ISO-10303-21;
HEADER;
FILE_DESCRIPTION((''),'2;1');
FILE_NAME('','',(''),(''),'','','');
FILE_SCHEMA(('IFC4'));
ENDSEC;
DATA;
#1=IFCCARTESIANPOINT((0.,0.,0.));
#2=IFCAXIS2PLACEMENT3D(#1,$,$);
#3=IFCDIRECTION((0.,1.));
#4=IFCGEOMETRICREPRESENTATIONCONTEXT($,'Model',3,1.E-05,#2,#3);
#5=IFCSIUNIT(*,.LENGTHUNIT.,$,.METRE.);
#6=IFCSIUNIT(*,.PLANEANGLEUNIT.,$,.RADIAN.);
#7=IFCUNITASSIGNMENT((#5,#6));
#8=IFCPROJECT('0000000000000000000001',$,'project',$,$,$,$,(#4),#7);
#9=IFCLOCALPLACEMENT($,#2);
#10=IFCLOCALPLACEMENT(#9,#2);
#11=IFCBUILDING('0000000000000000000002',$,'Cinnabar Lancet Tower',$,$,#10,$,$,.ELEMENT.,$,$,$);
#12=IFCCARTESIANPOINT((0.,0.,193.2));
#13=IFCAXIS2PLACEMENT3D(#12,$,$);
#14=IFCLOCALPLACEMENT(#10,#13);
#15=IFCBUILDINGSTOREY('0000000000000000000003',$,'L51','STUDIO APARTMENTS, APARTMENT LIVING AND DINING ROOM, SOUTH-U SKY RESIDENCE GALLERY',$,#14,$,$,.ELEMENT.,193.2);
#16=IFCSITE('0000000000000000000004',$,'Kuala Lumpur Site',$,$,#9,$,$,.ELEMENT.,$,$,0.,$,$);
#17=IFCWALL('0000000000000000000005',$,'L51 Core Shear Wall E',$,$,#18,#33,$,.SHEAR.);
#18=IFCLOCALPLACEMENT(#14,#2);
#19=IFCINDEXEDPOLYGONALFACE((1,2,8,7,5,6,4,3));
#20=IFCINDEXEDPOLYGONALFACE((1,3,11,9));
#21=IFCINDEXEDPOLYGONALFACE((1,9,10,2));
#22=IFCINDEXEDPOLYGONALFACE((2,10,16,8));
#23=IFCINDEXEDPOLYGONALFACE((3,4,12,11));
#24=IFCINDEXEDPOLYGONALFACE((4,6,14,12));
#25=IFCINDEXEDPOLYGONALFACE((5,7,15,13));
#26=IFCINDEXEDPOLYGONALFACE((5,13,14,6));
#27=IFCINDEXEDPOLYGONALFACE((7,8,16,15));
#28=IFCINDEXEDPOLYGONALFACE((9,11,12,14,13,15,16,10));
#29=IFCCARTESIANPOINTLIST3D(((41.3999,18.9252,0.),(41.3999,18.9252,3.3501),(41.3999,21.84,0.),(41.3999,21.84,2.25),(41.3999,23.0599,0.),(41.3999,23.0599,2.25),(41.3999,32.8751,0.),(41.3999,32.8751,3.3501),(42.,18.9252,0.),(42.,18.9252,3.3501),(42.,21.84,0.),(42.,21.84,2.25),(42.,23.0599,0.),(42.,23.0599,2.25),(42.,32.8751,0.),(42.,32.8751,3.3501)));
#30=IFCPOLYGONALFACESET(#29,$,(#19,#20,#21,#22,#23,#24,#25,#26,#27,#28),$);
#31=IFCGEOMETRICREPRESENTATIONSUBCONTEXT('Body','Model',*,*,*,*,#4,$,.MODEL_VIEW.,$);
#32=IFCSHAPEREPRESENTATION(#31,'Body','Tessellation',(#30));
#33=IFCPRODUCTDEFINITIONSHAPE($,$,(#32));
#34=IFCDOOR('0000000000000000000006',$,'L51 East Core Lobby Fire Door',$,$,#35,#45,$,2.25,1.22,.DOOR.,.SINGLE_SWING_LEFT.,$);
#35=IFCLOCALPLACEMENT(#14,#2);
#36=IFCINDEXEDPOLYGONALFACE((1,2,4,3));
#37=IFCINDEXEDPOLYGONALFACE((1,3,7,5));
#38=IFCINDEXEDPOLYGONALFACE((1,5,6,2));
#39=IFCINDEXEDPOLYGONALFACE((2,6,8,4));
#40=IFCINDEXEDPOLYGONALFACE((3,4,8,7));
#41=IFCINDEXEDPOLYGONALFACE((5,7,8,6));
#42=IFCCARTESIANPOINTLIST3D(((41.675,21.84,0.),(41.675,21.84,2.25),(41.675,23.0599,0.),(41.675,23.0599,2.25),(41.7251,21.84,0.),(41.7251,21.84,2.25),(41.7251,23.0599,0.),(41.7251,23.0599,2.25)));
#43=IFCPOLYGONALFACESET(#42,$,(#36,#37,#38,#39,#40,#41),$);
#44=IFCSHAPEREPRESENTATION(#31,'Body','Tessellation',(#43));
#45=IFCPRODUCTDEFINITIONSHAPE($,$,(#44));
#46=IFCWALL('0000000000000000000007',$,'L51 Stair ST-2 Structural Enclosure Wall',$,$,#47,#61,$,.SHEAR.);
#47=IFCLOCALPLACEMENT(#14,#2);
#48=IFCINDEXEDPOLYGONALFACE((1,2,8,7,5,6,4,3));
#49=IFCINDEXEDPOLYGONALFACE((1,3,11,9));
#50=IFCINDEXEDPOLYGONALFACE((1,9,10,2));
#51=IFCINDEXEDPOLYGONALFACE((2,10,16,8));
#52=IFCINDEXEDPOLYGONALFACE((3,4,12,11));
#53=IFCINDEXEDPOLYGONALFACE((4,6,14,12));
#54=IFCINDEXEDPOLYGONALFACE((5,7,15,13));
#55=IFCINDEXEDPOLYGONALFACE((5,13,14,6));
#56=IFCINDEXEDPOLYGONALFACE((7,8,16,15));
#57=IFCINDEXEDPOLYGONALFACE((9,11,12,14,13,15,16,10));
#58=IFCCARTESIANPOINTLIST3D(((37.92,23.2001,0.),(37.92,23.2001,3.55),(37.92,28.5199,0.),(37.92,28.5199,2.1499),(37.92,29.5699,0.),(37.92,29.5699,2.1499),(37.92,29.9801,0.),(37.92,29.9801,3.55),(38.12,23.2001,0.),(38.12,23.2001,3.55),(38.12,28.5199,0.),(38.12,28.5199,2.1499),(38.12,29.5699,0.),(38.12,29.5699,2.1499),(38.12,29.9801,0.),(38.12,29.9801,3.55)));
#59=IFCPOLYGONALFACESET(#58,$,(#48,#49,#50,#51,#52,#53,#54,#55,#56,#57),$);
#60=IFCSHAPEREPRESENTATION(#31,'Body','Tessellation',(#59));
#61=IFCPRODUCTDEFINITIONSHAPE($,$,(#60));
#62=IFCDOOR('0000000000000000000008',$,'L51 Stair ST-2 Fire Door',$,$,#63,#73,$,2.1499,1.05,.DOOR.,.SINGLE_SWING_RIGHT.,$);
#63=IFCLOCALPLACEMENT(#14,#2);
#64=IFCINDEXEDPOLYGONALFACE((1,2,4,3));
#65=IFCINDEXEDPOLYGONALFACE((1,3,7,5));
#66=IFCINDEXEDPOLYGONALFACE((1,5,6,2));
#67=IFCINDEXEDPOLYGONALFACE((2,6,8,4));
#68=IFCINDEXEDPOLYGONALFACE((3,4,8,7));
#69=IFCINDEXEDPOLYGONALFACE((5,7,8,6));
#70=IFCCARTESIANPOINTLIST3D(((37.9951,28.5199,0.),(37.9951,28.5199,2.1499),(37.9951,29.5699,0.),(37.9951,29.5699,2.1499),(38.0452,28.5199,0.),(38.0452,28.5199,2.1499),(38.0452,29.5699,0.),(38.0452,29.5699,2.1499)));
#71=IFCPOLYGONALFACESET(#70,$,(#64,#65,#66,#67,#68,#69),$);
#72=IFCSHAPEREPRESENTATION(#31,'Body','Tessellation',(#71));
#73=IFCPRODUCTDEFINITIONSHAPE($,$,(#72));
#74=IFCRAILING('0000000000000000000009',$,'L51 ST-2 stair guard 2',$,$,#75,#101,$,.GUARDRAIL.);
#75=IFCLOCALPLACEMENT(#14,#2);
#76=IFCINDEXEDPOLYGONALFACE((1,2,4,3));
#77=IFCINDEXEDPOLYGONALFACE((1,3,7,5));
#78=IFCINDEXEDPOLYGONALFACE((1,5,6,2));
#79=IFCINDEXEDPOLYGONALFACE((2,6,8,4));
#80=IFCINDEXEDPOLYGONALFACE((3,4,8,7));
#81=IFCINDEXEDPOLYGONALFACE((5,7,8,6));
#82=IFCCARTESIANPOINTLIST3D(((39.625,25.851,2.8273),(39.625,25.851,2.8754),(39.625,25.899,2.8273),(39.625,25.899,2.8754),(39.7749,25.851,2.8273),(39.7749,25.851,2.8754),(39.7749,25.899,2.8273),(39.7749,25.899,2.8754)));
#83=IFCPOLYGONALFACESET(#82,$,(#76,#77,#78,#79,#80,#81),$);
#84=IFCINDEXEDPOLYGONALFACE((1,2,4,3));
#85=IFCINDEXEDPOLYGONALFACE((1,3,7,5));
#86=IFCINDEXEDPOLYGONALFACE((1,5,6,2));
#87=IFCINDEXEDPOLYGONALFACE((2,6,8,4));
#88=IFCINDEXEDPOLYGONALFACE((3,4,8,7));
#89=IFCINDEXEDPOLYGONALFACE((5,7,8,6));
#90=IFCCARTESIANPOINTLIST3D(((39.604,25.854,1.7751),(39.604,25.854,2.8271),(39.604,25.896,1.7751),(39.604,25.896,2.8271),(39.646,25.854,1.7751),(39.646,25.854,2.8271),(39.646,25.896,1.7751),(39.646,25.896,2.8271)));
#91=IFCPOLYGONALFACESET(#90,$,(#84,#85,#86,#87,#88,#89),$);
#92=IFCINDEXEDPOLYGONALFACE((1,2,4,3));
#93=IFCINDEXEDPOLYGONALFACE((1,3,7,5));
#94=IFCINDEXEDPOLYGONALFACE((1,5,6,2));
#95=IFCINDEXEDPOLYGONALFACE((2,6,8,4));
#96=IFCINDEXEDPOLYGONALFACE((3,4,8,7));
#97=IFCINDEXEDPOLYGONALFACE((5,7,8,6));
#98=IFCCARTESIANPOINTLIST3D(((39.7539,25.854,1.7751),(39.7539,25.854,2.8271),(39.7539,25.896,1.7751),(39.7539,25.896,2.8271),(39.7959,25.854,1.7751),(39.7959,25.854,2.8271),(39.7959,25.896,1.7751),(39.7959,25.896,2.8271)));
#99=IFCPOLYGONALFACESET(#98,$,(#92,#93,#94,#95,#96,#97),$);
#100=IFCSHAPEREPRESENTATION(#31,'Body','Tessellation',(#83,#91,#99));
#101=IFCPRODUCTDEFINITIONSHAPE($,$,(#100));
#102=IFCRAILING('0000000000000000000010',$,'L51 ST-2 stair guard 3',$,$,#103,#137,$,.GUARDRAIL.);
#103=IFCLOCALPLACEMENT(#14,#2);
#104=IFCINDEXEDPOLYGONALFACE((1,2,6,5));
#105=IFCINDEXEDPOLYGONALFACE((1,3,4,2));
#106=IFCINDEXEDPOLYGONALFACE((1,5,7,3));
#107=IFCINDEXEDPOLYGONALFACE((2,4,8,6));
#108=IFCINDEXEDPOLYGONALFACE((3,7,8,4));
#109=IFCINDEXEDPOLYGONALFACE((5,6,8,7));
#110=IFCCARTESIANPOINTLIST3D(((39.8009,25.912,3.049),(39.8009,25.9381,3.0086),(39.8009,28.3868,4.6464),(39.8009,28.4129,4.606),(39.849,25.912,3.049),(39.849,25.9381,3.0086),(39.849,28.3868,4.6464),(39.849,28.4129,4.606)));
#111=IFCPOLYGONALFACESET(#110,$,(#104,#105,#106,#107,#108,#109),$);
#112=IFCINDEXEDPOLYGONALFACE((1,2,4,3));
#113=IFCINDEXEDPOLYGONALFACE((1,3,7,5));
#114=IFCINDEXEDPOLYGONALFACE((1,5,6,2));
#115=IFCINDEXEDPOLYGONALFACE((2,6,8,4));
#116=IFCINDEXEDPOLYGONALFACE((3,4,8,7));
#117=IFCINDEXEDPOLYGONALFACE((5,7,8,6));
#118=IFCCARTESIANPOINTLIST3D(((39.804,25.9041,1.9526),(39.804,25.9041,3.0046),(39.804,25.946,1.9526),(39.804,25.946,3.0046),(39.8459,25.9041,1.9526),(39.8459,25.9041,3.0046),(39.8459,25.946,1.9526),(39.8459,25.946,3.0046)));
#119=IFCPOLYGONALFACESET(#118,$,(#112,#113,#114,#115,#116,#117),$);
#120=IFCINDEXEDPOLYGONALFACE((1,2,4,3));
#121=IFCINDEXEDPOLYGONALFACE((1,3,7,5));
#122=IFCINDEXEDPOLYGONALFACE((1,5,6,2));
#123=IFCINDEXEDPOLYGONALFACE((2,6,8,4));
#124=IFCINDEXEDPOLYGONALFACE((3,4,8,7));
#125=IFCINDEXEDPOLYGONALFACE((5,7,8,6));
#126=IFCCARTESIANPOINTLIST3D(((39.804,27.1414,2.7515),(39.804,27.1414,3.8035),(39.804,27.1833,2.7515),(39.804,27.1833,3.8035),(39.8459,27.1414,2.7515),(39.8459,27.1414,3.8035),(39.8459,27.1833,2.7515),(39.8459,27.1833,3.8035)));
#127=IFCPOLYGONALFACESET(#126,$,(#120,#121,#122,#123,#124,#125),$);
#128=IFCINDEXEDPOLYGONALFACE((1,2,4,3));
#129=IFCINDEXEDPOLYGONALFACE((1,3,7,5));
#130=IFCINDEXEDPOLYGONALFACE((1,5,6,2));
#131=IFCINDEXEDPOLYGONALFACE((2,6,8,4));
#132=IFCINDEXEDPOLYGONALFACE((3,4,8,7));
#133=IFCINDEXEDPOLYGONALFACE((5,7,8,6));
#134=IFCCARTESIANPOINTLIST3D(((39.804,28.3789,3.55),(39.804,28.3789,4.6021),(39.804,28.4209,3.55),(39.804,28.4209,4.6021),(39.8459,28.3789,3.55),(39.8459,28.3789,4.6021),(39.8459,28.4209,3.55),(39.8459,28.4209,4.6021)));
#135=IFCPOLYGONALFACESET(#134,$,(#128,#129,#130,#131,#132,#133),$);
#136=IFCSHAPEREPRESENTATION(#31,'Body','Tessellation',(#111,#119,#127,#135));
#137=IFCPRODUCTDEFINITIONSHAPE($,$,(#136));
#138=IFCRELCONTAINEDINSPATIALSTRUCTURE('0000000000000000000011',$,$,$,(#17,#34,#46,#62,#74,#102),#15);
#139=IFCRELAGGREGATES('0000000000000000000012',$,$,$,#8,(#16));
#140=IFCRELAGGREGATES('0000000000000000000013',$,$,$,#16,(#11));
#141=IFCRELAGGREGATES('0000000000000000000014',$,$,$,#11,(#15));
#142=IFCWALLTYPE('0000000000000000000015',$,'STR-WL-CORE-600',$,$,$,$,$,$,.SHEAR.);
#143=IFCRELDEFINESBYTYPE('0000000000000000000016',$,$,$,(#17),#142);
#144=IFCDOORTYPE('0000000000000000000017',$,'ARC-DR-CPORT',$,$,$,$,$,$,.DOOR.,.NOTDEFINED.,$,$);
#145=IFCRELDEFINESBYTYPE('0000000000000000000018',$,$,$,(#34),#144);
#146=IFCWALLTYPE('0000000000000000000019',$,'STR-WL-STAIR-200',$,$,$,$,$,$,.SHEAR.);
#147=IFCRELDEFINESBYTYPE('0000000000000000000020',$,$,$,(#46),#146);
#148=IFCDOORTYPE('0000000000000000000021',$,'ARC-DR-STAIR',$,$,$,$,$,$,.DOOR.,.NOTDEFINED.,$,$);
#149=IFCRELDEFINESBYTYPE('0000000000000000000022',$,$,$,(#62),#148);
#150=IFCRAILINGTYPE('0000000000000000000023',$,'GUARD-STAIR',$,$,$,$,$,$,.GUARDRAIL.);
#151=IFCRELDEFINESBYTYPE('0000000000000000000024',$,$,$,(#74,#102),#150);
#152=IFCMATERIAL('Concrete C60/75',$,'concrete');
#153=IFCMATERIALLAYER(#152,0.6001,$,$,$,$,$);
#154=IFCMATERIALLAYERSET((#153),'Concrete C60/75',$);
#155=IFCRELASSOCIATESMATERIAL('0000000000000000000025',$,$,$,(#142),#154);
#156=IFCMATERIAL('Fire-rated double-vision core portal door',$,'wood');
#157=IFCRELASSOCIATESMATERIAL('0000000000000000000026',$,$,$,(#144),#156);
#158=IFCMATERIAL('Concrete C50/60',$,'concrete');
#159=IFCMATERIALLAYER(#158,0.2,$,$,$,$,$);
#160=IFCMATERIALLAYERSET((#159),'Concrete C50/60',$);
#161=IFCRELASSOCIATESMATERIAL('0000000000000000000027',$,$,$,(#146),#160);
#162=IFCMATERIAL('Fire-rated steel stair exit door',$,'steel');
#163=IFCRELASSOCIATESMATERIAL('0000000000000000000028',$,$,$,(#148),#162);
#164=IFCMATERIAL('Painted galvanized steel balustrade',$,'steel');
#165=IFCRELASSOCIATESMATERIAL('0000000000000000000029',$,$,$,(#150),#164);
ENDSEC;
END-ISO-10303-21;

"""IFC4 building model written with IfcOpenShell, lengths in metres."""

from ifc_helpers import new_model, si_unit, direction, frame, frame_2d, origin, origin_2d, place, context, subcontext, project, spatial, rectangle, extrude, material, layer, layer_set, type_object, element, fill, save


model = new_model("IFC4")

# Units and contexts
model_context = context("Model", 3, precision=1e-05, world=origin(), true_north=direction((0.0, 1.0)))
body_context = subcontext(model_context, "Body", "Model", "MODEL_VIEW")
ifc_project = project(units=[si_unit("LENGTHUNIT", "METRE"), si_unit("PLANEANGLEUNIT", "RADIAN")], contexts=[model_context])

# Site, building, storey
site_placement = place(None, origin())
site = spatial("IfcSite", under=ifc_project, at=site_placement, Name="Kuala Lumpur Site", CompositionType="ELEMENT", RefElevation=0.0)
building_placement = place(site_placement, origin())
building = spatial("IfcBuilding", under=site, at=building_placement, Name="Cinnabar Lancet Tower", CompositionType="ELEMENT")
storey_placement = place(building_placement, frame((0.0, 0.0, 193.2)))
storey = spatial("IfcBuildingStorey", under=building, at=storey_placement, Name="L51", Description="STUDIO APARTMENTS, APARTMENT LIVING AND DINING ROOM, SOUTH-U SKY RESIDENCE GALLERY", CompositionType="ELEMENT", Elevation=193.2)

# Walls, openings, doors
ifc_material_1 = material(Name="Concrete C60/75", Category="concrete")
ifc_layer_1 = layer(ifc_material_1, 0.6001)
ifc_layer_set_1 = layer_set([ifc_layer_1], Name="Concrete C60/75")
wall_type_1 = type_object("IfcWallType", Name="STR-WL-CORE-600", PredefinedType="SHEAR", material=ifc_layer_set_1)
wall_1_placement = place(storey_placement, frame((41.7, 18.925, 0.0), z_axis=(0.0, 0.0, 1.0), x_axis=(0.0, 1.0, 0.0)))
wall_1 = element("IfcWall", 1, at=wall_1_placement, inside=storey, type_object=wall_type_1, Name="L51 Core Shear Wall E", PredefinedType="SHEAR", context=body_context, shape_type="SweptSolid", body=[
    extrude(rectangle(XDim=13.95, YDim=0.6001, at=frame_2d((6.9751, 0.0))), origin(), (0.0, 0.0, 1.0), 3.3501),
])
opening_1_placement = place(wall_1_placement, frame((2.915, 0.0, 0.0)))
opening_1 = element("IfcOpeningElement", 2, at=opening_1_placement, cuts=wall_1, PredefinedType="OPENING", context=body_context, shape_type="SweptSolid", body=[
    extrude(rectangle(XDim=1.22, YDim=2.25, at=frame_2d((0.6099, 1.125))), frame((0.0, 0.3101, 0.0), z_axis=(0.0, -1.0, 0.0), x_axis=(1.0, 0.0, 0.0)), (0.0, 0.0, 1.0), 0.6201),
])
ifc_material_2 = material(Name="Fire-rated double-vision core portal door", Category="wood")
door_type_1 = type_object("IfcDoorType", Name="ARC-DR-CPORT", OperationType="NOTDEFINED", PredefinedType="DOOR", material=ifc_material_2)
door_1_placement = place(opening_1_placement, origin())
door_1 = element("IfcDoor", 3, at=door_1_placement, inside=storey, type_object=door_type_1, Name="L51 East Core Lobby Fire Door", OperationType="SINGLE_SWING_LEFT", OverallHeight=2.25, OverallWidth=1.22, PredefinedType="DOOR", context=body_context, shape_type="SweptSolid", body=[
    extrude(rectangle(XDim=1.22, YDim=2.25, at=frame_2d((0.6099, 1.125))), frame((0.0, 0.0249, 0.0), z_axis=(0.0, -1.0, 0.0), x_axis=(1.0, 0.0, 0.0)), (0.0, 0.0, 1.0), 0.05),
])
fill(opening_1, door_1)
ifc_material_3 = material(Name="Concrete C50/60", Category="concrete")
ifc_layer_2 = layer(ifc_material_3, 0.2)
ifc_layer_set_2 = layer_set([ifc_layer_2], Name="Concrete C50/60")
wall_type_2 = type_object("IfcWallType", Name="STR-WL-STAIR-200", PredefinedType="SHEAR", material=ifc_layer_set_2)
wall_2_placement = place(storey_placement, frame((38.02, 23.2, 0.0), z_axis=(0.0, 0.0, 1.0), x_axis=(0.0, 1.0, 0.0)))
wall_2 = element("IfcWall", 4, at=wall_2_placement, inside=storey, type_object=wall_type_2, Name="L51 Stair ST-2 Structural Enclosure Wall", PredefinedType="SHEAR", context=body_context, shape_type="SweptSolid", body=[
    extrude(rectangle(XDim=6.78, YDim=0.2, at=frame_2d((3.3901, 0.0))), origin(), (0.0, 0.0, 1.0), 3.55),
])
opening_2_placement = place(wall_2_placement, frame((5.3201, 0.0, 0.0)))
opening_2 = element("IfcOpeningElement", 5, at=opening_2_placement, cuts=wall_2, PredefinedType="OPENING", context=body_context, shape_type="SweptSolid", body=[
    extrude(rectangle(XDim=1.05, YDim=2.1499, at=frame_2d((0.5249, 1.075))), frame((0.0, 0.1099, 0.0), z_axis=(0.0, -1.0, 0.0), x_axis=(1.0, 0.0, 0.0)), (0.0, 0.0, 1.0), 0.22),
])
ifc_material_4 = material(Name="Fire-rated steel stair exit door", Category="steel")
door_type_2 = type_object("IfcDoorType", Name="ARC-DR-STAIR", OperationType="NOTDEFINED", PredefinedType="DOOR", material=ifc_material_4)
door_2_placement = place(opening_2_placement, origin())
door_2 = element("IfcDoor", 6, at=door_2_placement, inside=storey, type_object=door_type_2, Name="L51 Stair ST-2 Fire Door", OperationType="SINGLE_SWING_RIGHT", OverallHeight=2.1499, OverallWidth=1.05, PredefinedType="DOOR", context=body_context, shape_type="SweptSolid", body=[
    extrude(rectangle(XDim=1.05, YDim=2.1499, at=frame_2d((0.5249, 1.075))), frame((0.0, 0.0249, 0.0), z_axis=(0.0, -1.0, 0.0), x_axis=(1.0, 0.0, 0.0)), (0.0, 0.0, 1.0), 0.05),
])
fill(opening_2, door_2)

# Railings
ifc_material_5 = material(Name="Painted galvanized steel balustrade", Category="steel")
railing_type = type_object("IfcRailingType", Name="GUARD-STAIR", PredefinedType="GUARDRAIL", material=ifc_material_5)
railing_1_placement = place(storey_placement, frame((39.625, 25.875, 1.7751)))
element("IfcRailing", 7, at=railing_1_placement, inside=storey, type_object=railing_type, Name="L51 ST-2 stair guard 2", PredefinedType="GUARDRAIL", context=body_context, shape_type="SweptSolid", body=[
    extrude(rectangle(XDim=0.0481, YDim=0.0481, at=origin_2d()), frame((0.0, 0.0, 1.0762), z_axis=(1.0, 0.0, 0.0), x_axis=(0.0, 1.0, 0.0)), (0.0, 0.0, 1.0), 0.1499),
    extrude(rectangle(XDim=0.042, YDim=0.042, at=origin_2d()), origin(), (0.0, 0.0, 1.0), 1.052),
    extrude(rectangle(XDim=0.042, YDim=0.042, at=origin_2d()), frame((0.1499, 0.0, 0.0)), (0.0, 0.0, 1.0), 1.052),
])
railing_2_placement = place(storey_placement, frame((39.825, 25.925, 1.9526)))
element("IfcRailing", 8, at=railing_2_placement, inside=storey, type_object=railing_type, Name="L51 ST-2 stair guard 3", PredefinedType="GUARDRAIL", context=body_context, shape_type="SweptSolid", body=[
    extrude(rectangle(XDim=0.0481, YDim=0.0481, at=origin_2d()), frame((0.0, 0.0, 1.0762), z_axis=(0.0, 0.840183, 0.542302), x_axis=(-1.0, 0.0, 0.0)), (0.0, 0.0, 1.0), 2.9456),
    extrude(rectangle(XDim=0.042, YDim=0.042, at=origin_2d()), origin(), (0.0, 0.0, 1.0), 1.052),
    extrude(rectangle(XDim=0.042, YDim=0.042, at=origin_2d()), frame((0.0, 1.2373, 0.7988)), (0.0, 0.0, 1.0), 1.052),
    extrude(rectangle(XDim=0.042, YDim=0.042, at=origin_2d()), frame((0.0, 2.4749, 1.5974)), (0.0, 0.0, 1.0), 1.052),
])

save(model, "model.ifc")
